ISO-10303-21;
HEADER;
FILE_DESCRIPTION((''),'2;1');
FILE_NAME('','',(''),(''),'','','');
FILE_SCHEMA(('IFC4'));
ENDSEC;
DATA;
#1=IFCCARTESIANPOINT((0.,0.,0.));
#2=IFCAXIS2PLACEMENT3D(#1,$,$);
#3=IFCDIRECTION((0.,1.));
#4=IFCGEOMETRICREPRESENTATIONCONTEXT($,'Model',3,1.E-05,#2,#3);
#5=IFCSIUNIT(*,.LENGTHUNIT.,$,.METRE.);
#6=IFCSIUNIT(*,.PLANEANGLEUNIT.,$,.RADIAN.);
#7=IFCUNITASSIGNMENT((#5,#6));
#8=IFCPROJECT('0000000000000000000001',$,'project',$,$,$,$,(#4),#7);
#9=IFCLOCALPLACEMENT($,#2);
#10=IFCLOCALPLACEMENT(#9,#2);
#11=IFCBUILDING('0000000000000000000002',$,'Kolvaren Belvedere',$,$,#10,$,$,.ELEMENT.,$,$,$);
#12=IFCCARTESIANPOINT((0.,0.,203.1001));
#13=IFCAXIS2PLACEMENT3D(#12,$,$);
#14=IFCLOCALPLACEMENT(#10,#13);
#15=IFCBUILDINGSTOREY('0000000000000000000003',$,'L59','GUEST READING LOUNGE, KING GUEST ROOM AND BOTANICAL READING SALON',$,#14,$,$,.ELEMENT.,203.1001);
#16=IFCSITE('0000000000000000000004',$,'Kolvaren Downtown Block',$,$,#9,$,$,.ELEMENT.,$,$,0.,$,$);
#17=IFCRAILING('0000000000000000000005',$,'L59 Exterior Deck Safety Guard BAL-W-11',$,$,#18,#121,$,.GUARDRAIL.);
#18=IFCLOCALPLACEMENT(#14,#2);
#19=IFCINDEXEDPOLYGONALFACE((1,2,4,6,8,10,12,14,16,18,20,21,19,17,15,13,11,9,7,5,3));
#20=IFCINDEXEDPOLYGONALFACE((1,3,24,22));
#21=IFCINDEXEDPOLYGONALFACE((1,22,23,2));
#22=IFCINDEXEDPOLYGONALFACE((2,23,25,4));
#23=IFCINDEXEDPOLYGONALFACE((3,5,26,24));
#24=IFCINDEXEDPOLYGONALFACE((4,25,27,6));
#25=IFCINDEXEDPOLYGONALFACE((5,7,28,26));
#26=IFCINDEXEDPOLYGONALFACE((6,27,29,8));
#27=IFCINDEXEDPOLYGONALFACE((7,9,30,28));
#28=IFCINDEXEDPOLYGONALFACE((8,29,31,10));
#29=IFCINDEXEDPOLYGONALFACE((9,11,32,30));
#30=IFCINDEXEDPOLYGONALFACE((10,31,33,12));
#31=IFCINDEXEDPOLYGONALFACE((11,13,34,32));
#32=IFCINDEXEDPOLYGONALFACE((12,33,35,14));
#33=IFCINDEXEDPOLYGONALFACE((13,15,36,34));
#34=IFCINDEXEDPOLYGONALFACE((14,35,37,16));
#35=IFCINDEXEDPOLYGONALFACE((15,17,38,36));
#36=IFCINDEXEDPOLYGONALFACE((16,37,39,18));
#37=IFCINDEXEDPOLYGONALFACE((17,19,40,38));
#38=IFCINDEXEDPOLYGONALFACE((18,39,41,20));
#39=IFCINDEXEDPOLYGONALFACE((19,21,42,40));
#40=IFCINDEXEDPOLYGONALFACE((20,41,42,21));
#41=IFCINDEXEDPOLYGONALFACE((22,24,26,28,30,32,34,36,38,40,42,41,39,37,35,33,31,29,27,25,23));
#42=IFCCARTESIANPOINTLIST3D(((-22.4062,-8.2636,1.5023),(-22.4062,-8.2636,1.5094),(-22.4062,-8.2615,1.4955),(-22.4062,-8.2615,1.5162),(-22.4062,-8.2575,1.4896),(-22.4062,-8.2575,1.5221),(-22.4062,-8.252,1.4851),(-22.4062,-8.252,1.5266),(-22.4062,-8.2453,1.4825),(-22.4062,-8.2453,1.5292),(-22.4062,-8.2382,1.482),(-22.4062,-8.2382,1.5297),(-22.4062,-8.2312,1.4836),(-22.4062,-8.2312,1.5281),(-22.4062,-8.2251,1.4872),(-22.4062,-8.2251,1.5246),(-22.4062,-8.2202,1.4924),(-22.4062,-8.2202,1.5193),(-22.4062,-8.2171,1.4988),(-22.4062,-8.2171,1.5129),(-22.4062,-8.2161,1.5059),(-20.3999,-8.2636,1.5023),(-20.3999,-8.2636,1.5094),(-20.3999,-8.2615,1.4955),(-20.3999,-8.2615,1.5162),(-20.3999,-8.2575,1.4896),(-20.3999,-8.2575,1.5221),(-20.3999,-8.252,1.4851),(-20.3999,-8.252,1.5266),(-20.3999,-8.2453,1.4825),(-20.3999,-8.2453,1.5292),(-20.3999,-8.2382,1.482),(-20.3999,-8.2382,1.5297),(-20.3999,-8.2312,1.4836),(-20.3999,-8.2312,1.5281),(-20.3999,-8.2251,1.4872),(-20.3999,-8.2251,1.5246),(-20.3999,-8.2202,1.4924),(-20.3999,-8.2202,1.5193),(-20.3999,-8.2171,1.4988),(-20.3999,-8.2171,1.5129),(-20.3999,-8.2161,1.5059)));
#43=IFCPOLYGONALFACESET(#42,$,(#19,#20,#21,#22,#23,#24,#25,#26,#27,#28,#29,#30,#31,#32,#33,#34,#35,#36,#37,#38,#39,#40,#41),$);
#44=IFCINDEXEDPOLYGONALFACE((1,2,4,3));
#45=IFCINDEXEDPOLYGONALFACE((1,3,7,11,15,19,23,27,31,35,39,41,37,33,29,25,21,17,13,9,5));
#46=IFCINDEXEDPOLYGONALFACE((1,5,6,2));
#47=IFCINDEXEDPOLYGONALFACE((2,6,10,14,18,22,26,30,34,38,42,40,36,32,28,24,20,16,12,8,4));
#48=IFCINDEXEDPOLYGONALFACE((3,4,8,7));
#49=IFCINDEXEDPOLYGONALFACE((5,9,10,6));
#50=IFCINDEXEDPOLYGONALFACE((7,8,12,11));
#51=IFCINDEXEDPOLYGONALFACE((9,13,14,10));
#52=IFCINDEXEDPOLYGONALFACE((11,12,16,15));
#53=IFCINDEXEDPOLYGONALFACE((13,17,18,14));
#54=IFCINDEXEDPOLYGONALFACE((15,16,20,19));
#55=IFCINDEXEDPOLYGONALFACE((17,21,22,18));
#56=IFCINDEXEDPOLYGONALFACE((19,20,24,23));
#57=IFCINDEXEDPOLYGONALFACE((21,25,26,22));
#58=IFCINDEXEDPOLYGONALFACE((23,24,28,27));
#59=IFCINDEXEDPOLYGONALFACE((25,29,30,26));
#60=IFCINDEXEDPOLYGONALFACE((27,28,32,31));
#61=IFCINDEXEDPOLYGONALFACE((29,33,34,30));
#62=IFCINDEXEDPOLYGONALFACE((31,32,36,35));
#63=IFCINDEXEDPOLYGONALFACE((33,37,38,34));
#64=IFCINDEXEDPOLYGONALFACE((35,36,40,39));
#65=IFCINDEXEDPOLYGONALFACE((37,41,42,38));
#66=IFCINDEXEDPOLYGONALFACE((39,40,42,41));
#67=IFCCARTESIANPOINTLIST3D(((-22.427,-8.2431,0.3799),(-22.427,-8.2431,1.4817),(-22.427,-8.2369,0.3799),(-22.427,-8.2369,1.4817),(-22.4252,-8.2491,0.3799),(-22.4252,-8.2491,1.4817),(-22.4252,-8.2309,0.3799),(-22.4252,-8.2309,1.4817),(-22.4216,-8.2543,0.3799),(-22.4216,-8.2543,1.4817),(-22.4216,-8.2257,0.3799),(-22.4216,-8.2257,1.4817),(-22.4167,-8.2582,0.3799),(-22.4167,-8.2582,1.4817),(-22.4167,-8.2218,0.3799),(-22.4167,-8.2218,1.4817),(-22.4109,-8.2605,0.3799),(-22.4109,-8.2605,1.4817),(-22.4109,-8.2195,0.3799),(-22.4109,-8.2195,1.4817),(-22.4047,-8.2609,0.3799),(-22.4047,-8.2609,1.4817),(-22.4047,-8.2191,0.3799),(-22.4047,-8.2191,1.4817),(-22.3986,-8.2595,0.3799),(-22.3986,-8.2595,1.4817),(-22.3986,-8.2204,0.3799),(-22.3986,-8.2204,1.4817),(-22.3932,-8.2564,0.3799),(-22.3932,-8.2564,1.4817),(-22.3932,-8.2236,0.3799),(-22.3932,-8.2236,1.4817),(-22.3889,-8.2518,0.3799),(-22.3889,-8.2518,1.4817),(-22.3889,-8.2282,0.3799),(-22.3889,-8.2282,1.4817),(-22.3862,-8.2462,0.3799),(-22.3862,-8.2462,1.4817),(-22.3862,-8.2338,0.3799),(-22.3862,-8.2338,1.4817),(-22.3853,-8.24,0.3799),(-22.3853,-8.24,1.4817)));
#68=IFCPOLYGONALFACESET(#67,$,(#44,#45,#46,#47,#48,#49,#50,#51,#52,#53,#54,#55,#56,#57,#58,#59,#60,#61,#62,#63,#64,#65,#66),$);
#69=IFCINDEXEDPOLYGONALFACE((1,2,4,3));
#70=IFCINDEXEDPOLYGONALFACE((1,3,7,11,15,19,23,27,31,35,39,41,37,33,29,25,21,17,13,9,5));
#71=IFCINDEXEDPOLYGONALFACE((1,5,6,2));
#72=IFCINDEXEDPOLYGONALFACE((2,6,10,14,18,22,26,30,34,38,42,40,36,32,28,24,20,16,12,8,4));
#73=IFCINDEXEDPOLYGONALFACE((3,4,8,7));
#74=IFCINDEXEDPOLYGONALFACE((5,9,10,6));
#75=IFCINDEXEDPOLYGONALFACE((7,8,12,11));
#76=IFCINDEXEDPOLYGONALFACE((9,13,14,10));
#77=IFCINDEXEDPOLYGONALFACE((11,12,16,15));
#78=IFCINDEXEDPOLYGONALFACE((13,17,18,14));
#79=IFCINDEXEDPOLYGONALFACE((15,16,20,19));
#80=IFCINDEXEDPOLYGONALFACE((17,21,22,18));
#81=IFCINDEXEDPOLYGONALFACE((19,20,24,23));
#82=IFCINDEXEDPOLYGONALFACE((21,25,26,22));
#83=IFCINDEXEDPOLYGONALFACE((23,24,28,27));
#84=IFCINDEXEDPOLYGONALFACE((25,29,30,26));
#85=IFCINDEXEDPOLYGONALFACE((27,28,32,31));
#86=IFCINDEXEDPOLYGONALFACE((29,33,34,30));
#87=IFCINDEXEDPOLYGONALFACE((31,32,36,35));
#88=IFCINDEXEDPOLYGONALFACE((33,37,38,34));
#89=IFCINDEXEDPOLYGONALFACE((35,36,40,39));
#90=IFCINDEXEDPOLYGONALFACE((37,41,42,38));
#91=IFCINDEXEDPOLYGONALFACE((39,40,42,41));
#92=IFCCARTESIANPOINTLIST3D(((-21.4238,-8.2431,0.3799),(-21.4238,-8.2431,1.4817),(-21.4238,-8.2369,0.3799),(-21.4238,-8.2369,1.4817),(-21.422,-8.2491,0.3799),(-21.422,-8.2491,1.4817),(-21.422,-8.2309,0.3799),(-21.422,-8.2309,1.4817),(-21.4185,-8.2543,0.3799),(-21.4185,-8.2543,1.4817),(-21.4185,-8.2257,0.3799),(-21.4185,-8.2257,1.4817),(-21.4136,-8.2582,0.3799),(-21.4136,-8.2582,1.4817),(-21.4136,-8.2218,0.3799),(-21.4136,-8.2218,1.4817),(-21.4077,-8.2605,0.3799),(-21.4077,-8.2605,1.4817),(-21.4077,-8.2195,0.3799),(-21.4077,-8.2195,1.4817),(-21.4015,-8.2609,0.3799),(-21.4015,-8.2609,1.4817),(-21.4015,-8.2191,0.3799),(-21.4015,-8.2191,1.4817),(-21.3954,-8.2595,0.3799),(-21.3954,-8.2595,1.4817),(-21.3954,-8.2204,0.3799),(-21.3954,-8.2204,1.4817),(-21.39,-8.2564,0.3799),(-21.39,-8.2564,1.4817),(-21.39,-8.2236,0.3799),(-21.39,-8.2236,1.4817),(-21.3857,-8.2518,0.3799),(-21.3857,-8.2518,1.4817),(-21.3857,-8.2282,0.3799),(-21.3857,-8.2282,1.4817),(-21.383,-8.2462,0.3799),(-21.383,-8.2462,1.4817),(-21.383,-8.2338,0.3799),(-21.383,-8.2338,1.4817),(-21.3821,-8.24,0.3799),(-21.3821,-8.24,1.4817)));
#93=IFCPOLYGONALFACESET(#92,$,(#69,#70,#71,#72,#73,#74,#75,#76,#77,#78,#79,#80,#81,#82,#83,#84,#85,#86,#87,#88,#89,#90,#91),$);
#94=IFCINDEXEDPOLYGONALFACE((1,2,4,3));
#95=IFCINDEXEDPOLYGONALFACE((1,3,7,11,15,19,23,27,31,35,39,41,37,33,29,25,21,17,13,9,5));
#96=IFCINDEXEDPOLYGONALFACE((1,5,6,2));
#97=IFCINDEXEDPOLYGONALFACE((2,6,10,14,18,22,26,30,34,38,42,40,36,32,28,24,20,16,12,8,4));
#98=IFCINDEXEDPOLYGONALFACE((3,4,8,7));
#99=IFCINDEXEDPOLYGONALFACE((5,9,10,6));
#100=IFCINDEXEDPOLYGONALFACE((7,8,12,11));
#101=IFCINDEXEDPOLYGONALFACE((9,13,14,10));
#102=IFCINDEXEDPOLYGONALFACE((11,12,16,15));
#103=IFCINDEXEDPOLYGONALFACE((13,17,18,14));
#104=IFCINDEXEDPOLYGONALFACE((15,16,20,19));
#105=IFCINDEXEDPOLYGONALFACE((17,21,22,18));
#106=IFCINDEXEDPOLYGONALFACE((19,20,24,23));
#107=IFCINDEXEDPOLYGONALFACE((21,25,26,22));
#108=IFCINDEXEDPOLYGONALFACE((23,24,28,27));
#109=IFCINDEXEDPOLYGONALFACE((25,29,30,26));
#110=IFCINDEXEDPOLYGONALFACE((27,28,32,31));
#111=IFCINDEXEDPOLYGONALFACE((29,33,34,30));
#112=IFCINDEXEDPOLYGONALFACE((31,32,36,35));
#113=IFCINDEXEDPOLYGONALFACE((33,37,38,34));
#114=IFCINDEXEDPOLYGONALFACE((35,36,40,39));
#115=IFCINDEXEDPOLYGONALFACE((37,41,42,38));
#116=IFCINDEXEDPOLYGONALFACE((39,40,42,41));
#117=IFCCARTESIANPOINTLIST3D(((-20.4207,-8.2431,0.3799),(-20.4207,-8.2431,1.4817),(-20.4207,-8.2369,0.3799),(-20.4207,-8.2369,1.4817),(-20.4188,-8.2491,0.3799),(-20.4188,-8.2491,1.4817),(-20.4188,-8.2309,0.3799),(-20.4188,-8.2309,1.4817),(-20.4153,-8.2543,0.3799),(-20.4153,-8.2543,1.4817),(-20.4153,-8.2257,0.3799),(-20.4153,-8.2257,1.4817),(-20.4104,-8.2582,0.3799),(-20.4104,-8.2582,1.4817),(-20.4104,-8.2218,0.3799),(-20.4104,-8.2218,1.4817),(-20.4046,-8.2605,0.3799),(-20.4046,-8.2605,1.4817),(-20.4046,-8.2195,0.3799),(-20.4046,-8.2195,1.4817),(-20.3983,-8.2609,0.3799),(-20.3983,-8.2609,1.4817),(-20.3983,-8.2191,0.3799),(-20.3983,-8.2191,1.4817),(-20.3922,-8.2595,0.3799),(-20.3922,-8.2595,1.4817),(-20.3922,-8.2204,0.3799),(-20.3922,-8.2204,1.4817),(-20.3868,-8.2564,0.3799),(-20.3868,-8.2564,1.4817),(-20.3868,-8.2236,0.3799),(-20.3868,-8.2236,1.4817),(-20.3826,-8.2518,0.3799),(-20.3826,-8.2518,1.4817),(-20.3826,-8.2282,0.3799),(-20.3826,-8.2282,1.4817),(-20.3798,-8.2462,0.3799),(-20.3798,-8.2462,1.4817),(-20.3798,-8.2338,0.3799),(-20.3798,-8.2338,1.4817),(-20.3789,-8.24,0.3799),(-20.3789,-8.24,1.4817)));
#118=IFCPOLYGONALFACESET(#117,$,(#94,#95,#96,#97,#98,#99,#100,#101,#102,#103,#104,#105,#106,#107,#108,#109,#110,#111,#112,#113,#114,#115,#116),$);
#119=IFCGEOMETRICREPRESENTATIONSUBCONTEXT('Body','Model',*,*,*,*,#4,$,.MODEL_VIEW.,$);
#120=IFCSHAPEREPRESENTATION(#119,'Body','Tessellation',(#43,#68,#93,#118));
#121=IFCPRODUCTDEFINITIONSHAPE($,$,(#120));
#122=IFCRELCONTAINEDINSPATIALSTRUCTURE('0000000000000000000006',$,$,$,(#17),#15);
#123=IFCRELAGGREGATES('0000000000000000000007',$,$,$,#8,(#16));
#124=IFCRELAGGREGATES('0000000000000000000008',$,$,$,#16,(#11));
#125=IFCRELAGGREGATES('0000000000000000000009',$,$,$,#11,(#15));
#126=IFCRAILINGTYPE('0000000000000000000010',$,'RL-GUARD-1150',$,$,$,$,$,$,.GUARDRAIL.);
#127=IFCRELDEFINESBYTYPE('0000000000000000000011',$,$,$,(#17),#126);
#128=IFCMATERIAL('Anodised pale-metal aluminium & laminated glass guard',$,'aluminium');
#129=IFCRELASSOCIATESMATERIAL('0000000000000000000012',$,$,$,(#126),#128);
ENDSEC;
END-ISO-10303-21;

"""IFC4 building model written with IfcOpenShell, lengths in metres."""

from ifc_helpers import new_model, si_unit, direction, frame, origin, origin_2d, place, context, subcontext, project, spatial, circle, extrude, material, type_object, element, save


model = new_model("IFC4")

# Units and contexts
model_context = context("Model", 3, precision=1e-05, world=origin(), true_north=direction((0.0, 1.0)))
body_context = subcontext(model_context, "Body", "Model", "MODEL_VIEW")
ifc_project = project(units=[si_unit("LENGTHUNIT", "METRE"), si_unit("PLANEANGLEUNIT", "RADIAN")], contexts=[model_context])

# Site, building, storey
site_placement = place(None, origin())
site = spatial("IfcSite", under=ifc_project, at=site_placement, Name="Kolvaren Downtown Block", CompositionType="ELEMENT", RefElevation=0.0)
building_placement = place(site_placement, origin())
building = spatial("IfcBuilding", under=site, at=building_placement, Name="Kolvaren Belvedere", CompositionType="ELEMENT")
storey_placement = place(building_placement, frame((0.0, 0.0, 203.1001)))
storey = spatial("IfcBuildingStorey", under=building, at=storey_placement, Name="L59", Description="GUEST READING LOUNGE, KING GUEST ROOM AND BOTANICAL READING SALON", CompositionType="ELEMENT", Elevation=203.1001)

# Railing
ifc_material_1 = material(Name="Anodised pale-metal aluminium & laminated glass guard", Category="aluminium")
railing_type = type_object("IfcRailingType", Name="RL-GUARD-1150", PredefinedType="GUARDRAIL", material=ifc_material_1)
railing_1_placement = place(storey_placement, frame((-22.4062, -8.24, 0.3799)))
element("IfcRailing", 1, at=railing_1_placement, inside=storey, type_object=railing_type, Name="L59 Exterior Deck Safety Guard BAL-W-11", PredefinedType="GUARDRAIL", context=body_context, shape_type="SweptSolid", body=[
    extrude(circle(Radius=0.0239, at=origin_2d()), frame((0.0, 0.0, 1.126), z_axis=(1.0, 0.0, 0.0), x_axis=(0.0, 1.0, 0.0)), (0.0, 0.0, 1.0), 2.0063),
    extrude(circle(Radius=0.021, at=origin_2d()), origin(), (0.0, 0.0, 1.0), 1.1018),
    extrude(circle(Radius=0.021, at=origin_2d()), frame((1.0032, 0.0, 0.0)), (0.0, 0.0, 1.0), 1.1018),
    extrude(circle(Radius=0.021, at=origin_2d()), frame((2.0063, 0.0, 0.0)), (0.0, 0.0, 1.0), 1.1018),
])

save(model, "model.ifc")
